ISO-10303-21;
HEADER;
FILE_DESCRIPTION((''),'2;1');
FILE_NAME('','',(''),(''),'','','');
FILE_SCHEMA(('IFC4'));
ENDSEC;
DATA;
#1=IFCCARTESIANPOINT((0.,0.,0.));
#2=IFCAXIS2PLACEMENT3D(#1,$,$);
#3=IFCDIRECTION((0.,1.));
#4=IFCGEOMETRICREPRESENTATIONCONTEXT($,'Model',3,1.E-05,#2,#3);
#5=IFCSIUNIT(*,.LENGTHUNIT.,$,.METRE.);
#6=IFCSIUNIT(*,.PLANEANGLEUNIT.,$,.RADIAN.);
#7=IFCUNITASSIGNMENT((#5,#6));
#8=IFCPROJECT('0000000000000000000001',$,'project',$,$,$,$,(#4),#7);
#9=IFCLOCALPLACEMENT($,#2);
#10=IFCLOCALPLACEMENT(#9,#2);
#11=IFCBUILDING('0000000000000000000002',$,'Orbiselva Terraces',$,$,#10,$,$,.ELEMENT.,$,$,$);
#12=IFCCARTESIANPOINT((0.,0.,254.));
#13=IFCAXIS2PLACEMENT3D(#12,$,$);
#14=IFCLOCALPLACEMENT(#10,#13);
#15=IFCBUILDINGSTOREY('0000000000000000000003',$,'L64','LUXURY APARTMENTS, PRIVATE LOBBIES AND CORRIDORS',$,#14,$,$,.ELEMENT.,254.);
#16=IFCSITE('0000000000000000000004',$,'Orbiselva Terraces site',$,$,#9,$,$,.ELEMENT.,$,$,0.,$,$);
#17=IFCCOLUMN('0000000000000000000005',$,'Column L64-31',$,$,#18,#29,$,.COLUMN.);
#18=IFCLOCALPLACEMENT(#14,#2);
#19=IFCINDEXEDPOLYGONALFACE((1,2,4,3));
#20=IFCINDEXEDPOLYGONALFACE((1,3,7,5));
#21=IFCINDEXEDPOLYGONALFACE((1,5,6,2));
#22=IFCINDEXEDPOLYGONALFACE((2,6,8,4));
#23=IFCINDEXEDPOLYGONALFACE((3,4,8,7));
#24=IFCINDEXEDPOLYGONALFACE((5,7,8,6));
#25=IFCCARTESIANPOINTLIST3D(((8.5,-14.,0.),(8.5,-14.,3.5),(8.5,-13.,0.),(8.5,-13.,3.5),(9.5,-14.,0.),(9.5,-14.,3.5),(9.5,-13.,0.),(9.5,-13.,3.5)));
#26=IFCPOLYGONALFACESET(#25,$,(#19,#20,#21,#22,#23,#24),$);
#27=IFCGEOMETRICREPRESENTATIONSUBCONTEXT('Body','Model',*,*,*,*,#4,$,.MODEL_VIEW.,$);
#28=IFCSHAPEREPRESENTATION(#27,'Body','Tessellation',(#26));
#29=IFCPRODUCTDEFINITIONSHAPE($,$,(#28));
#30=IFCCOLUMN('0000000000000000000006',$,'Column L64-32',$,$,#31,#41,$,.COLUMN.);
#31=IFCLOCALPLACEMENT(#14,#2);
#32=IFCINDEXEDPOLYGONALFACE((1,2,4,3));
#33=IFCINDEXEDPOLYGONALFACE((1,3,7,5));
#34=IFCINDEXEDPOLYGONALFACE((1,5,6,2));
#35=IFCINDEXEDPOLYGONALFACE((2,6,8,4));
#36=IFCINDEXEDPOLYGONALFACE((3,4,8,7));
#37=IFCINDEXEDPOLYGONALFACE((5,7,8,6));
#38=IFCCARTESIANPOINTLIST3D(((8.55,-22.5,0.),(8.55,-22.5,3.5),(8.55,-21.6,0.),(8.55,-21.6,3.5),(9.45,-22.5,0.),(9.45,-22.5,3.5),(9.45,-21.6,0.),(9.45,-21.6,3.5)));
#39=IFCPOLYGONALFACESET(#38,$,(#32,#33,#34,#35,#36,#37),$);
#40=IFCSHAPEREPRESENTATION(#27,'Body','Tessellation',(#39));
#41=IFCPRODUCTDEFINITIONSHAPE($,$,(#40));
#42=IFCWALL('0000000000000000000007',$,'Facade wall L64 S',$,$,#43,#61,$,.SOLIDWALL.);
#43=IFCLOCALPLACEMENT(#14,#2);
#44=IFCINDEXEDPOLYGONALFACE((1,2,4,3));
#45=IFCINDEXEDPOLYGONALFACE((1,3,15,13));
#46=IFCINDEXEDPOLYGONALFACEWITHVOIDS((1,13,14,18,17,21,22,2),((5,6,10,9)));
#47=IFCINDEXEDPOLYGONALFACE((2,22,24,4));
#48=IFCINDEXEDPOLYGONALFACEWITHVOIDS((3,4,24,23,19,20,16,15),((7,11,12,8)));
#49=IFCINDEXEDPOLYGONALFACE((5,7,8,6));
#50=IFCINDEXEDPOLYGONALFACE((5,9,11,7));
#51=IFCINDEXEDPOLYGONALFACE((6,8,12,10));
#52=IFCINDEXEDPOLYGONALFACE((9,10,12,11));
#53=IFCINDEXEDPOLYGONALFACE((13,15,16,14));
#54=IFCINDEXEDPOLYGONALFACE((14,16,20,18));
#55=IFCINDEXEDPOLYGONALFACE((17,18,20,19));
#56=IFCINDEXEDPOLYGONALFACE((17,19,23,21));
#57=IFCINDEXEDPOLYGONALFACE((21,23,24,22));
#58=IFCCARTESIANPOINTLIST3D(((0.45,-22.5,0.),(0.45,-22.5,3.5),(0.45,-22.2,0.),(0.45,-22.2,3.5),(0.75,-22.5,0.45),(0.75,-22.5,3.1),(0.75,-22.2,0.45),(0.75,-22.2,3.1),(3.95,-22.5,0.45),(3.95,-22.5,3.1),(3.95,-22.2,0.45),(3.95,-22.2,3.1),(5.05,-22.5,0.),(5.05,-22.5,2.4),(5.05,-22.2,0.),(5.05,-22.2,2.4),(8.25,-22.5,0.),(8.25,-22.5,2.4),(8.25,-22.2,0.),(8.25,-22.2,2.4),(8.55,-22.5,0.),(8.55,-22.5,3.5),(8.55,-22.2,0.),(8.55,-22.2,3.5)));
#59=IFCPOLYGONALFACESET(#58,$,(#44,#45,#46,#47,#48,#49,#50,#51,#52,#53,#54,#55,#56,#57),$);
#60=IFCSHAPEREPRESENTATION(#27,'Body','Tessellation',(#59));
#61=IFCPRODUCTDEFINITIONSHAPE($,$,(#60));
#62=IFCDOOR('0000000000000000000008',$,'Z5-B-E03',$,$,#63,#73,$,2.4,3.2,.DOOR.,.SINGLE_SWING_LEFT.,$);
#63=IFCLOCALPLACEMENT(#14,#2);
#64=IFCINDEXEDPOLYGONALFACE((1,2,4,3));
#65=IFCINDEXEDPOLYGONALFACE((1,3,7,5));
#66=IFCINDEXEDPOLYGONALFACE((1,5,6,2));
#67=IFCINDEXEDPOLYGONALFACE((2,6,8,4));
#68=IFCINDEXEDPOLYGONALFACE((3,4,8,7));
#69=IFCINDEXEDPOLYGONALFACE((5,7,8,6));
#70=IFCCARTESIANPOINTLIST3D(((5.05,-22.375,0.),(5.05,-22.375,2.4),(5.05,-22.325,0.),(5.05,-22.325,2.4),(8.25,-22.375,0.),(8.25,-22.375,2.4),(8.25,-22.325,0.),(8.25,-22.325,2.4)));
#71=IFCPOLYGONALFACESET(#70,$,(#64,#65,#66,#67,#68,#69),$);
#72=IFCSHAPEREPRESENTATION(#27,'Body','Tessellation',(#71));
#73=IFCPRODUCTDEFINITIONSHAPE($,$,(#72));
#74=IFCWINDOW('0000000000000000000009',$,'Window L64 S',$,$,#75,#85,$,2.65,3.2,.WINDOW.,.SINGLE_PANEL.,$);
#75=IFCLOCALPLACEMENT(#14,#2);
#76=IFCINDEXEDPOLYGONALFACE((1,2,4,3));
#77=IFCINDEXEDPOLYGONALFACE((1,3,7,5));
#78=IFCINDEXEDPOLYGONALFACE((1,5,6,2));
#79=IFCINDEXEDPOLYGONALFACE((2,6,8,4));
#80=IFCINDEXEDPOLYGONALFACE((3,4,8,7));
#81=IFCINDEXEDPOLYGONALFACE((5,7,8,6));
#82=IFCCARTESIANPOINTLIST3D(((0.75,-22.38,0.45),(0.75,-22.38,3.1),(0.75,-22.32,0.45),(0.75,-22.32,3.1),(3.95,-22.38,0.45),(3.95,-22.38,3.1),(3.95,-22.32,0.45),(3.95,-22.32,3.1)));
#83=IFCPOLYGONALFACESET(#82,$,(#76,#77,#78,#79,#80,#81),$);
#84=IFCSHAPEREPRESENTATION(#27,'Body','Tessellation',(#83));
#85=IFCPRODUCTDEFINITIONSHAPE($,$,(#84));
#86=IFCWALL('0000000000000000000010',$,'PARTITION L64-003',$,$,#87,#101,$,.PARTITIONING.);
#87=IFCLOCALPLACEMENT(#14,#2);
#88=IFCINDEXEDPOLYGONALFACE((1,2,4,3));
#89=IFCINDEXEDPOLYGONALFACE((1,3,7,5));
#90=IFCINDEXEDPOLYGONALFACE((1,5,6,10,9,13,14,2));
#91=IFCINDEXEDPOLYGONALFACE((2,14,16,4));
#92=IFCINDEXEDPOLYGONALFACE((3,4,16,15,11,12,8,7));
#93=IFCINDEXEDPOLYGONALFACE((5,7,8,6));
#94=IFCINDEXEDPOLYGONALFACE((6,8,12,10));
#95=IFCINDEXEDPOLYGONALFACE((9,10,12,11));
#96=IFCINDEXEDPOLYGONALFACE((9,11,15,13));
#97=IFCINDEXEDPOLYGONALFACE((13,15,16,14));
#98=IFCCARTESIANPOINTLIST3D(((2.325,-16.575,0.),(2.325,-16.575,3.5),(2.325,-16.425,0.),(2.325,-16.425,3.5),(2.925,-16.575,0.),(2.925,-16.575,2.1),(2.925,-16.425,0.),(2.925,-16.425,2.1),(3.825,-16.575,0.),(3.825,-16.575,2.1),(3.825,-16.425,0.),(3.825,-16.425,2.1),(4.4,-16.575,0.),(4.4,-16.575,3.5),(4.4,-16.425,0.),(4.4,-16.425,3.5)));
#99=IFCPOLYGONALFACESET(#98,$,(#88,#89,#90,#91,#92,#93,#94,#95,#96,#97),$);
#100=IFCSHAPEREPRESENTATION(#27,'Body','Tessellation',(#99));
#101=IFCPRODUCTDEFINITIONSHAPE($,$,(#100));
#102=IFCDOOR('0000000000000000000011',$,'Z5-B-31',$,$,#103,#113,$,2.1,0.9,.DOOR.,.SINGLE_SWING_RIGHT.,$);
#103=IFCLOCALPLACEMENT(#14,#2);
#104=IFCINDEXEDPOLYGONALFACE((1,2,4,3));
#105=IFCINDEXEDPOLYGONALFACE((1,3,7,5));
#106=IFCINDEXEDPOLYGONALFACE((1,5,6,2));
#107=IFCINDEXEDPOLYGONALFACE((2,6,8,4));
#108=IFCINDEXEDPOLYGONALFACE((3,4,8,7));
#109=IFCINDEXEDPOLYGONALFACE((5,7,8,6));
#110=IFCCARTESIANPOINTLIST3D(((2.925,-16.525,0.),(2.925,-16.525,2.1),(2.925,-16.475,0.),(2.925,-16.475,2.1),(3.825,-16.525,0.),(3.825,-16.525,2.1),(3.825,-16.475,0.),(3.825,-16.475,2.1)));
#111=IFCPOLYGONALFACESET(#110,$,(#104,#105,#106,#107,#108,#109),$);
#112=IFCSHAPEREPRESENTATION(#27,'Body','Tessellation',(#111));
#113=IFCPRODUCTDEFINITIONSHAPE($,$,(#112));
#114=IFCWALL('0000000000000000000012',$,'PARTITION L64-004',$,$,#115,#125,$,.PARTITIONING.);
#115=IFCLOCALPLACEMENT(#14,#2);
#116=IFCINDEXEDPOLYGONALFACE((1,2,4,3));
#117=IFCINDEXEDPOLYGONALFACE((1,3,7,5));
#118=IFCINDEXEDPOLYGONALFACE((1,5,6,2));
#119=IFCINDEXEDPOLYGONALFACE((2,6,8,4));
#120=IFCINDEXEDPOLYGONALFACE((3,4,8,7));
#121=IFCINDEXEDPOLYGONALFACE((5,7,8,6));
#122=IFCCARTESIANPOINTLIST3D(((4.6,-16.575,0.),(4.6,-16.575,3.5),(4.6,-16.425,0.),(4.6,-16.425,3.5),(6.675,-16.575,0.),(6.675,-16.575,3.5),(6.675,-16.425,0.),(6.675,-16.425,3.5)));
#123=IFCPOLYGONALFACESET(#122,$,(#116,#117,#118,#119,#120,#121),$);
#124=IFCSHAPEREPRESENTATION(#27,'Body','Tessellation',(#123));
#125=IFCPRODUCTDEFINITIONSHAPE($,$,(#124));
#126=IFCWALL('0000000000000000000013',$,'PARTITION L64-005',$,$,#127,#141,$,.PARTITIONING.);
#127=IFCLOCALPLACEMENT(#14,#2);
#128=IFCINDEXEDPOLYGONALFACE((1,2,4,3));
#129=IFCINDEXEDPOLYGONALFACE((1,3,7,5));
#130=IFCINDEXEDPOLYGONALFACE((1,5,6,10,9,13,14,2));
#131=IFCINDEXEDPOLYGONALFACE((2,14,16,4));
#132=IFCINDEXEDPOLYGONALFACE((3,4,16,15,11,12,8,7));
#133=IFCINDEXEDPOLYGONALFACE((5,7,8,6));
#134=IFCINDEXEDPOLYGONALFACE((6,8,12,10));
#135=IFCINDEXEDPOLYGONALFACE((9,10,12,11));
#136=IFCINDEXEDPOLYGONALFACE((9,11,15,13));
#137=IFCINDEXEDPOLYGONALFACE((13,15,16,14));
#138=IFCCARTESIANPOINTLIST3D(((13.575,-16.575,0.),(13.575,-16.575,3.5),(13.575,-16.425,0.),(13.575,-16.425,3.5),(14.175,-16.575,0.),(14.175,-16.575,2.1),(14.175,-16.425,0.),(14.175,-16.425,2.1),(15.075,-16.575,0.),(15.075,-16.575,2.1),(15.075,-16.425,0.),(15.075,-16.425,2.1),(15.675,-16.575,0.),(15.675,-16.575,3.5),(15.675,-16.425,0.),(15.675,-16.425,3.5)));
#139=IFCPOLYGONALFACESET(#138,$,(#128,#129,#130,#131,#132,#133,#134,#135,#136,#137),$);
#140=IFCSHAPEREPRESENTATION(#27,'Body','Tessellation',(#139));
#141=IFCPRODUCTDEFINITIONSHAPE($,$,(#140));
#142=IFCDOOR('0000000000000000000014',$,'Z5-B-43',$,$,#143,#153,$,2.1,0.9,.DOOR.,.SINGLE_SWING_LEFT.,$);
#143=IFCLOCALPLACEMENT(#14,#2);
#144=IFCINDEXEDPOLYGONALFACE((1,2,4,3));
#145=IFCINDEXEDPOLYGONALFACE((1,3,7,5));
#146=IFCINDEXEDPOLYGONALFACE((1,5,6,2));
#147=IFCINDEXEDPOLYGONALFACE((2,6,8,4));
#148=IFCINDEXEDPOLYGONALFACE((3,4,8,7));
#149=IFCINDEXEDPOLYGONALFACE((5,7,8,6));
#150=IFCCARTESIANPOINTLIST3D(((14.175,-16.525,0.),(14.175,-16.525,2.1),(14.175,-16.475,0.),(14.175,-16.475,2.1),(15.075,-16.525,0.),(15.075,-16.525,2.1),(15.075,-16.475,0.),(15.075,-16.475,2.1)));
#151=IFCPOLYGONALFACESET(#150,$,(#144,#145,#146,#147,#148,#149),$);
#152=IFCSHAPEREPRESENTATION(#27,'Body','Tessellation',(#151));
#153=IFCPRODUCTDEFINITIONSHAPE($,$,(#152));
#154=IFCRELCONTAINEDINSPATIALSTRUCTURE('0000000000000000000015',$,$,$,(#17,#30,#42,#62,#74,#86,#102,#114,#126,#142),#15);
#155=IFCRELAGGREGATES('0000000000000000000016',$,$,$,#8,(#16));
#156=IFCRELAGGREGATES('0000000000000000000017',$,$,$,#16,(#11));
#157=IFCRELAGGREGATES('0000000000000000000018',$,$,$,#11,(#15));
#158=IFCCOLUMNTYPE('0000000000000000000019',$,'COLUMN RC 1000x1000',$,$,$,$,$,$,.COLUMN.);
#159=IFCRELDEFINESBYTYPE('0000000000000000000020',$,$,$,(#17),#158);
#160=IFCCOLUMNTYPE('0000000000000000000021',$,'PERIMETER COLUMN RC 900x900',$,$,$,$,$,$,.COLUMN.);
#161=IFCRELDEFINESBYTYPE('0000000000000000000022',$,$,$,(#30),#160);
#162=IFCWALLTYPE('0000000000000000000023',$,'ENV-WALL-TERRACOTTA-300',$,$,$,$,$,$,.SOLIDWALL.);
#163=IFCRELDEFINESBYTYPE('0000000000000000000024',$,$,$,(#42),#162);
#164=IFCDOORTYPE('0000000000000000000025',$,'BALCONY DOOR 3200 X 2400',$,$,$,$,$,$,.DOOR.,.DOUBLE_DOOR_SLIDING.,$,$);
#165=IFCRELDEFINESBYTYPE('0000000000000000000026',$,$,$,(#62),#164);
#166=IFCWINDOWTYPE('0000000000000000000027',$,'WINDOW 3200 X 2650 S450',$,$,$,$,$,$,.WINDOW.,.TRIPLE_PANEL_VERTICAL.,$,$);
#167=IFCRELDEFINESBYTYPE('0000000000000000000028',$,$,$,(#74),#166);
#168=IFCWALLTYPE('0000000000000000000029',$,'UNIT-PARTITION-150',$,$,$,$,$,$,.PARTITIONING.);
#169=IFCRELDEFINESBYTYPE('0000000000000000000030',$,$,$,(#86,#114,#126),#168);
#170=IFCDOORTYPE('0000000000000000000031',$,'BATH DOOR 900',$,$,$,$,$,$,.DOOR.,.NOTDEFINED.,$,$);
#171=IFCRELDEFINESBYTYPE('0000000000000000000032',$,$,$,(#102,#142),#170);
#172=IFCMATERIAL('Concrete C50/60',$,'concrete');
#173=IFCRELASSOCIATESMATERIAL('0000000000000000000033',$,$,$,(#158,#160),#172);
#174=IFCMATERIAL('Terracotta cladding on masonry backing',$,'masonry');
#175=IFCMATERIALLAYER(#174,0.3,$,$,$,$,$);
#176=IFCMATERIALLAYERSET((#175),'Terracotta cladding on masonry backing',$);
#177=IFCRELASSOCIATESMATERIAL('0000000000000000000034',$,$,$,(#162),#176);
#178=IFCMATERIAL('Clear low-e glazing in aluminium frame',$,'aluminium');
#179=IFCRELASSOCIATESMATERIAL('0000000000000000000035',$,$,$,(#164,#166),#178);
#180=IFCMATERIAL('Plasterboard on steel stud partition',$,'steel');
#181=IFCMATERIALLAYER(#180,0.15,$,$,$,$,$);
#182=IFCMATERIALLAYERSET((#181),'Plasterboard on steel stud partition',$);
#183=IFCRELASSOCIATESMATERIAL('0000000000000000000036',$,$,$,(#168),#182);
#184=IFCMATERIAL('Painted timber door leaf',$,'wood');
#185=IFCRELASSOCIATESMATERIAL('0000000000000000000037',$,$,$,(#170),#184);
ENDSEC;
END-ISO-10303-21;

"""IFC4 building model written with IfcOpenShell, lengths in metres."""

from ifc_helpers import new_model, si_unit, direction, frame, frame_2d, origin, origin_2d, place, context, subcontext, project, spatial, rectangle, extrude, material, layer, layer_set, material_profile, profile_set, type_object, element, fill, save


model = new_model("IFC4")

# Units and contexts
model_context = context("Model", 3, precision=1e-05, world=origin(), true_north=direction((0.0, 1.0)))
body_context = subcontext(model_context, "Body", "Model", "MODEL_VIEW")
ifc_project = project(units=[si_unit("LENGTHUNIT", "METRE"), si_unit("PLANEANGLEUNIT", "RADIAN")], contexts=[model_context])

# Site, building, storey
site_placement = place(None, origin())
site = spatial("IfcSite", under=ifc_project, at=site_placement, Name="Orbiselva Terraces site", CompositionType="ELEMENT", RefElevation=0.0)
building_placement = place(site_placement, origin())
building = spatial("IfcBuilding", under=site, at=building_placement, Name="Orbiselva Terraces", CompositionType="ELEMENT")
storey_placement = place(building_placement, frame((0.0, 0.0, 254.0)))
storey = spatial("IfcBuildingStorey", under=building, at=storey_placement, Name="L64", Description="LUXURY APARTMENTS, PRIVATE LOBBIES AND CORRIDORS", CompositionType="ELEMENT", Elevation=254.0)

# Columns
ifc_material_1 = material(Name="Concrete C50/60", Category="concrete")
ifc_material_profile_1 = material_profile(ifc_material_1, rectangle(XDim=1.0, YDim=1.0, at=origin_2d()), Name="RC 1000x1000")
ifc_profile_set_1 = profile_set([ifc_material_profile_1], Name="Concrete C50/60")
column_type_1 = type_object("IfcColumnType", Name="COLUMN RC 1000x1000", PredefinedType="COLUMN", material=ifc_profile_set_1)
column_1_placement = place(storey_placement, frame((9.0, -13.5, 0.0), z_axis=(0.0, 0.0, 1.0), x_axis=(1.0, 0.0, 0.0)))
element("IfcColumn", 1, at=column_1_placement, inside=storey, type_object=column_type_1, Name="Column L64-31", PredefinedType="COLUMN", context=body_context, shape_type="SweptSolid", body=[
    extrude(rectangle(XDim=1.0, YDim=1.0, at=origin_2d()), origin(), (0.0, 0.0, 1.0), 3.5),
])
ifc_material_profile_2 = material_profile(ifc_material_1, rectangle(XDim=0.9, YDim=0.9, at=origin_2d()), Name="RC 900x900")
ifc_profile_set_2 = profile_set([ifc_material_profile_2], Name="Concrete C50/60")
column_type_2 = type_object("IfcColumnType", Name="PERIMETER COLUMN RC 900x900", PredefinedType="COLUMN", material=ifc_profile_set_2)
column_2_placement = place(storey_placement, frame((9.0, -22.05, 0.0), z_axis=(0.0, 0.0, 1.0), x_axis=(1.0, 0.0, 0.0)))
element("IfcColumn", 2, at=column_2_placement, inside=storey, type_object=column_type_2, Name="Column L64-32", PredefinedType="COLUMN", context=body_context, shape_type="SweptSolid", body=[
    extrude(rectangle(XDim=0.9, YDim=0.9, at=origin_2d()), origin(), (0.0, 0.0, 1.0), 3.5),
])

# Wall, openings, door, window
ifc_material_2 = material(Name="Terracotta cladding on masonry backing", Category="masonry")
ifc_layer_1 = layer(ifc_material_2, 0.3)
ifc_layer_set_1 = layer_set([ifc_layer_1], Name="Terracotta cladding on masonry backing")
wall_type_1 = type_object("IfcWallType", Name="ENV-WALL-TERRACOTTA-300", PredefinedType="SOLIDWALL", material=ifc_layer_set_1)
wall_1_placement = place(storey_placement, frame((8.55, -22.35, 0.0), z_axis=(0.0, 0.0, 1.0), x_axis=(-1.0, 0.0, 0.0)))
wall_1 = element("IfcWall", 3, at=wall_1_placement, inside=storey, type_object=wall_type_1, Name="Facade wall L64 S", PredefinedType="SOLIDWALL", context=body_context, shape_type="SweptSolid", body=[
    extrude(rectangle(XDim=8.1, YDim=0.3, at=frame_2d((4.05, 0.0))), origin(), (0.0, 0.0, 1.0), 3.5),
])
opening_1_placement = place(wall_1_placement, frame((4.6, 0.0, 0.45)))
opening_1 = element("IfcOpeningElement", 4, at=opening_1_placement, cuts=wall_1, PredefinedType="OPENING", context=body_context, shape_type="SweptSolid", body=[
    extrude(rectangle(XDim=3.2, YDim=2.65, at=frame_2d((1.6, 1.325))), frame((0.0, 0.16, 0.0), z_axis=(0.0, -1.0, 0.0), x_axis=(1.0, 0.0, 0.0)), (0.0, 0.0, 1.0), 0.32),
])
opening_2_placement = place(wall_1_placement, frame((0.3, 0.0, 0.0)))
opening_2 = element("IfcOpeningElement", 5, at=opening_2_placement, cuts=wall_1, PredefinedType="OPENING", context=body_context, shape_type="SweptSolid", body=[
    extrude(rectangle(XDim=3.2, YDim=2.4, at=frame_2d((1.6, 1.2))), frame((0.0, 0.16, 0.0), z_axis=(0.0, -1.0, 0.0), x_axis=(1.0, 0.0, 0.0)), (0.0, 0.0, 1.0), 0.32),
])
ifc_material_3 = material(Name="Clear low-e glazing in aluminium frame", Category="aluminium")
door_type_1 = type_object("IfcDoorType", Name="BALCONY DOOR 3200 X 2400", OperationType="DOUBLE_DOOR_SLIDING", PredefinedType="DOOR", material=ifc_material_3)
door_1_placement = place(opening_2_placement, origin())
door_1 = element("IfcDoor", 6, at=door_1_placement, inside=storey, type_object=door_type_1, Name="Z5-B-E03", OperationType="SINGLE_SWING_LEFT", OverallHeight=2.4, OverallWidth=3.2, PredefinedType="DOOR", context=body_context, shape_type="SweptSolid", body=[
    extrude(rectangle(XDim=3.2, YDim=2.4, at=frame_2d((1.6, 1.2))), frame((0.0, 0.025, 0.0), z_axis=(0.0, -1.0, 0.0), x_axis=(1.0, 0.0, 0.0)), (0.0, 0.0, 1.0), 0.05),
])
fill(opening_2, door_1)
window_type = type_object("IfcWindowType", Name="WINDOW 3200 X 2650 S450", PartitioningType="TRIPLE_PANEL_VERTICAL", PredefinedType="WINDOW", material=ifc_material_3)
window_placement = place(opening_1_placement, origin())
window = element("IfcWindow", 7, at=window_placement, inside=storey, type_object=window_type, Name="Window L64 S", OverallHeight=2.65, OverallWidth=3.2, PartitioningType="SINGLE_PANEL", PredefinedType="WINDOW", context=body_context, shape_type="SweptSolid", body=[
    extrude(rectangle(XDim=3.2, YDim=2.65, at=frame_2d((1.6, 1.325))), frame((0.0, 0.03, 0.0), z_axis=(0.0, -1.0, 0.0), x_axis=(1.0, 0.0, 0.0)), (0.0, 0.0, 1.0), 0.06),
])
fill(opening_1, window)

# Wall, opening, door
ifc_material_4 = material(Name="Plasterboard on steel stud partition", Category="steel")
ifc_layer_2 = layer(ifc_material_4, 0.15)
ifc_layer_set_2 = layer_set([ifc_layer_2], Name="Plasterboard on steel stud partition")
wall_type_2 = type_object("IfcWallType", Name="UNIT-PARTITION-150", PredefinedType="PARTITIONING", material=ifc_layer_set_2)
wall_2_placement = place(storey_placement, frame((2.325, -16.5, 0.0), z_axis=(0.0, 0.0, 1.0), x_axis=(1.0, 0.0, 0.0)))
wall_2 = element("IfcWall", 8, at=wall_2_placement, inside=storey, type_object=wall_type_2, Name="PARTITION L64-003", PredefinedType="PARTITIONING", context=body_context, shape_type="SweptSolid", body=[
    extrude(rectangle(XDim=2.075, YDim=0.15, at=frame_2d((1.0375, 0.0))), origin(), (0.0, 0.0, 1.0), 3.5),
])
opening_3_placement = place(wall_2_placement, frame((0.6, 0.0, 0.0)))
opening_3 = element("IfcOpeningElement", 9, at=opening_3_placement, cuts=wall_2, PredefinedType="OPENING", context=body_context, shape_type="SweptSolid", body=[
    extrude(rectangle(XDim=0.9, YDim=2.1, at=frame_2d((0.45, 1.05))), frame((0.0, 0.085, 0.0), z_axis=(0.0, -1.0, 0.0), x_axis=(1.0, 0.0, 0.0)), (0.0, 0.0, 1.0), 0.17),
])
ifc_material_5 = material(Name="Painted timber door leaf", Category="wood")
door_type_2 = type_object("IfcDoorType", Name="BATH DOOR 900", OperationType="NOTDEFINED", PredefinedType="DOOR", material=ifc_material_5)
door_2_placement = place(opening_3_placement, origin())
door_2 = element("IfcDoor", 10, at=door_2_placement, inside=storey, type_object=door_type_2, Name="Z5-B-31", OperationType="SINGLE_SWING_RIGHT", OverallHeight=2.1, OverallWidth=0.9, PredefinedType="DOOR", context=body_context, shape_type="SweptSolid", body=[
    extrude(rectangle(XDim=0.9, YDim=2.1, at=frame_2d((0.45, 1.05))), frame((0.0, 0.025, 0.0), z_axis=(0.0, -1.0, 0.0), x_axis=(1.0, 0.0, 0.0)), (0.0, 0.0, 1.0), 0.05),
])
fill(opening_3, door_2)

# Wall
wall_3_placement = place(storey_placement, frame((4.6, -16.5, 0.0), z_axis=(0.0, 0.0, 1.0), x_axis=(1.0, 0.0, 0.0)))
element("IfcWall", 11, at=wall_3_placement, inside=storey, type_object=wall_type_2, Name="PARTITION L64-004", PredefinedType="PARTITIONING", context=body_context, shape_type="SweptSolid", body=[
    extrude(rectangle(XDim=2.075, YDim=0.15, at=frame_2d((1.0375, 0.0))), origin(), (0.0, 0.0, 1.0), 3.5),
])

# Wall, opening, door
wall_4_placement = place(storey_placement, frame((13.575, -16.5, 0.0), z_axis=(0.0, 0.0, 1.0), x_axis=(1.0, 0.0, 0.0)))
wall_4 = element("IfcWall", 12, at=wall_4_placement, inside=storey, type_object=wall_type_2, Name="PARTITION L64-005", PredefinedType="PARTITIONING", context=body_context, shape_type="SweptSolid", body=[
    extrude(rectangle(XDim=2.1, YDim=0.15, at=frame_2d((1.05, 0.0))), origin(), (0.0, 0.0, 1.0), 3.5),
])
opening_4_placement = place(wall_4_placement, frame((0.6, 0.0, 0.0)))
opening_4 = element("IfcOpeningElement", 13, at=opening_4_placement, cuts=wall_4, PredefinedType="OPENING", context=body_context, shape_type="SweptSolid", body=[
    extrude(rectangle(XDim=0.9, YDim=2.1, at=frame_2d((0.45, 1.05))), frame((0.0, 0.085, 0.0), z_axis=(0.0, -1.0, 0.0), x_axis=(1.0, 0.0, 0.0)), (0.0, 0.0, 1.0), 0.17),
])
door_3_placement = place(opening_4_placement, origin())
door_3 = element("IfcDoor", 14, at=door_3_placement, inside=storey, type_object=door_type_2, Name="Z5-B-43", OperationType="SINGLE_SWING_LEFT", OverallHeight=2.1, OverallWidth=0.9, PredefinedType="DOOR", context=body_context, shape_type="SweptSolid", body=[
    extrude(rectangle(XDim=0.9, YDim=2.1, at=frame_2d((0.45, 1.05))), frame((0.0, 0.025, 0.0), z_axis=(0.0, -1.0, 0.0), x_axis=(1.0, 0.0, 0.0)), (0.0, 0.0, 1.0), 0.05),
])
fill(opening_4, door_3)

save(model, "model.ifc")
